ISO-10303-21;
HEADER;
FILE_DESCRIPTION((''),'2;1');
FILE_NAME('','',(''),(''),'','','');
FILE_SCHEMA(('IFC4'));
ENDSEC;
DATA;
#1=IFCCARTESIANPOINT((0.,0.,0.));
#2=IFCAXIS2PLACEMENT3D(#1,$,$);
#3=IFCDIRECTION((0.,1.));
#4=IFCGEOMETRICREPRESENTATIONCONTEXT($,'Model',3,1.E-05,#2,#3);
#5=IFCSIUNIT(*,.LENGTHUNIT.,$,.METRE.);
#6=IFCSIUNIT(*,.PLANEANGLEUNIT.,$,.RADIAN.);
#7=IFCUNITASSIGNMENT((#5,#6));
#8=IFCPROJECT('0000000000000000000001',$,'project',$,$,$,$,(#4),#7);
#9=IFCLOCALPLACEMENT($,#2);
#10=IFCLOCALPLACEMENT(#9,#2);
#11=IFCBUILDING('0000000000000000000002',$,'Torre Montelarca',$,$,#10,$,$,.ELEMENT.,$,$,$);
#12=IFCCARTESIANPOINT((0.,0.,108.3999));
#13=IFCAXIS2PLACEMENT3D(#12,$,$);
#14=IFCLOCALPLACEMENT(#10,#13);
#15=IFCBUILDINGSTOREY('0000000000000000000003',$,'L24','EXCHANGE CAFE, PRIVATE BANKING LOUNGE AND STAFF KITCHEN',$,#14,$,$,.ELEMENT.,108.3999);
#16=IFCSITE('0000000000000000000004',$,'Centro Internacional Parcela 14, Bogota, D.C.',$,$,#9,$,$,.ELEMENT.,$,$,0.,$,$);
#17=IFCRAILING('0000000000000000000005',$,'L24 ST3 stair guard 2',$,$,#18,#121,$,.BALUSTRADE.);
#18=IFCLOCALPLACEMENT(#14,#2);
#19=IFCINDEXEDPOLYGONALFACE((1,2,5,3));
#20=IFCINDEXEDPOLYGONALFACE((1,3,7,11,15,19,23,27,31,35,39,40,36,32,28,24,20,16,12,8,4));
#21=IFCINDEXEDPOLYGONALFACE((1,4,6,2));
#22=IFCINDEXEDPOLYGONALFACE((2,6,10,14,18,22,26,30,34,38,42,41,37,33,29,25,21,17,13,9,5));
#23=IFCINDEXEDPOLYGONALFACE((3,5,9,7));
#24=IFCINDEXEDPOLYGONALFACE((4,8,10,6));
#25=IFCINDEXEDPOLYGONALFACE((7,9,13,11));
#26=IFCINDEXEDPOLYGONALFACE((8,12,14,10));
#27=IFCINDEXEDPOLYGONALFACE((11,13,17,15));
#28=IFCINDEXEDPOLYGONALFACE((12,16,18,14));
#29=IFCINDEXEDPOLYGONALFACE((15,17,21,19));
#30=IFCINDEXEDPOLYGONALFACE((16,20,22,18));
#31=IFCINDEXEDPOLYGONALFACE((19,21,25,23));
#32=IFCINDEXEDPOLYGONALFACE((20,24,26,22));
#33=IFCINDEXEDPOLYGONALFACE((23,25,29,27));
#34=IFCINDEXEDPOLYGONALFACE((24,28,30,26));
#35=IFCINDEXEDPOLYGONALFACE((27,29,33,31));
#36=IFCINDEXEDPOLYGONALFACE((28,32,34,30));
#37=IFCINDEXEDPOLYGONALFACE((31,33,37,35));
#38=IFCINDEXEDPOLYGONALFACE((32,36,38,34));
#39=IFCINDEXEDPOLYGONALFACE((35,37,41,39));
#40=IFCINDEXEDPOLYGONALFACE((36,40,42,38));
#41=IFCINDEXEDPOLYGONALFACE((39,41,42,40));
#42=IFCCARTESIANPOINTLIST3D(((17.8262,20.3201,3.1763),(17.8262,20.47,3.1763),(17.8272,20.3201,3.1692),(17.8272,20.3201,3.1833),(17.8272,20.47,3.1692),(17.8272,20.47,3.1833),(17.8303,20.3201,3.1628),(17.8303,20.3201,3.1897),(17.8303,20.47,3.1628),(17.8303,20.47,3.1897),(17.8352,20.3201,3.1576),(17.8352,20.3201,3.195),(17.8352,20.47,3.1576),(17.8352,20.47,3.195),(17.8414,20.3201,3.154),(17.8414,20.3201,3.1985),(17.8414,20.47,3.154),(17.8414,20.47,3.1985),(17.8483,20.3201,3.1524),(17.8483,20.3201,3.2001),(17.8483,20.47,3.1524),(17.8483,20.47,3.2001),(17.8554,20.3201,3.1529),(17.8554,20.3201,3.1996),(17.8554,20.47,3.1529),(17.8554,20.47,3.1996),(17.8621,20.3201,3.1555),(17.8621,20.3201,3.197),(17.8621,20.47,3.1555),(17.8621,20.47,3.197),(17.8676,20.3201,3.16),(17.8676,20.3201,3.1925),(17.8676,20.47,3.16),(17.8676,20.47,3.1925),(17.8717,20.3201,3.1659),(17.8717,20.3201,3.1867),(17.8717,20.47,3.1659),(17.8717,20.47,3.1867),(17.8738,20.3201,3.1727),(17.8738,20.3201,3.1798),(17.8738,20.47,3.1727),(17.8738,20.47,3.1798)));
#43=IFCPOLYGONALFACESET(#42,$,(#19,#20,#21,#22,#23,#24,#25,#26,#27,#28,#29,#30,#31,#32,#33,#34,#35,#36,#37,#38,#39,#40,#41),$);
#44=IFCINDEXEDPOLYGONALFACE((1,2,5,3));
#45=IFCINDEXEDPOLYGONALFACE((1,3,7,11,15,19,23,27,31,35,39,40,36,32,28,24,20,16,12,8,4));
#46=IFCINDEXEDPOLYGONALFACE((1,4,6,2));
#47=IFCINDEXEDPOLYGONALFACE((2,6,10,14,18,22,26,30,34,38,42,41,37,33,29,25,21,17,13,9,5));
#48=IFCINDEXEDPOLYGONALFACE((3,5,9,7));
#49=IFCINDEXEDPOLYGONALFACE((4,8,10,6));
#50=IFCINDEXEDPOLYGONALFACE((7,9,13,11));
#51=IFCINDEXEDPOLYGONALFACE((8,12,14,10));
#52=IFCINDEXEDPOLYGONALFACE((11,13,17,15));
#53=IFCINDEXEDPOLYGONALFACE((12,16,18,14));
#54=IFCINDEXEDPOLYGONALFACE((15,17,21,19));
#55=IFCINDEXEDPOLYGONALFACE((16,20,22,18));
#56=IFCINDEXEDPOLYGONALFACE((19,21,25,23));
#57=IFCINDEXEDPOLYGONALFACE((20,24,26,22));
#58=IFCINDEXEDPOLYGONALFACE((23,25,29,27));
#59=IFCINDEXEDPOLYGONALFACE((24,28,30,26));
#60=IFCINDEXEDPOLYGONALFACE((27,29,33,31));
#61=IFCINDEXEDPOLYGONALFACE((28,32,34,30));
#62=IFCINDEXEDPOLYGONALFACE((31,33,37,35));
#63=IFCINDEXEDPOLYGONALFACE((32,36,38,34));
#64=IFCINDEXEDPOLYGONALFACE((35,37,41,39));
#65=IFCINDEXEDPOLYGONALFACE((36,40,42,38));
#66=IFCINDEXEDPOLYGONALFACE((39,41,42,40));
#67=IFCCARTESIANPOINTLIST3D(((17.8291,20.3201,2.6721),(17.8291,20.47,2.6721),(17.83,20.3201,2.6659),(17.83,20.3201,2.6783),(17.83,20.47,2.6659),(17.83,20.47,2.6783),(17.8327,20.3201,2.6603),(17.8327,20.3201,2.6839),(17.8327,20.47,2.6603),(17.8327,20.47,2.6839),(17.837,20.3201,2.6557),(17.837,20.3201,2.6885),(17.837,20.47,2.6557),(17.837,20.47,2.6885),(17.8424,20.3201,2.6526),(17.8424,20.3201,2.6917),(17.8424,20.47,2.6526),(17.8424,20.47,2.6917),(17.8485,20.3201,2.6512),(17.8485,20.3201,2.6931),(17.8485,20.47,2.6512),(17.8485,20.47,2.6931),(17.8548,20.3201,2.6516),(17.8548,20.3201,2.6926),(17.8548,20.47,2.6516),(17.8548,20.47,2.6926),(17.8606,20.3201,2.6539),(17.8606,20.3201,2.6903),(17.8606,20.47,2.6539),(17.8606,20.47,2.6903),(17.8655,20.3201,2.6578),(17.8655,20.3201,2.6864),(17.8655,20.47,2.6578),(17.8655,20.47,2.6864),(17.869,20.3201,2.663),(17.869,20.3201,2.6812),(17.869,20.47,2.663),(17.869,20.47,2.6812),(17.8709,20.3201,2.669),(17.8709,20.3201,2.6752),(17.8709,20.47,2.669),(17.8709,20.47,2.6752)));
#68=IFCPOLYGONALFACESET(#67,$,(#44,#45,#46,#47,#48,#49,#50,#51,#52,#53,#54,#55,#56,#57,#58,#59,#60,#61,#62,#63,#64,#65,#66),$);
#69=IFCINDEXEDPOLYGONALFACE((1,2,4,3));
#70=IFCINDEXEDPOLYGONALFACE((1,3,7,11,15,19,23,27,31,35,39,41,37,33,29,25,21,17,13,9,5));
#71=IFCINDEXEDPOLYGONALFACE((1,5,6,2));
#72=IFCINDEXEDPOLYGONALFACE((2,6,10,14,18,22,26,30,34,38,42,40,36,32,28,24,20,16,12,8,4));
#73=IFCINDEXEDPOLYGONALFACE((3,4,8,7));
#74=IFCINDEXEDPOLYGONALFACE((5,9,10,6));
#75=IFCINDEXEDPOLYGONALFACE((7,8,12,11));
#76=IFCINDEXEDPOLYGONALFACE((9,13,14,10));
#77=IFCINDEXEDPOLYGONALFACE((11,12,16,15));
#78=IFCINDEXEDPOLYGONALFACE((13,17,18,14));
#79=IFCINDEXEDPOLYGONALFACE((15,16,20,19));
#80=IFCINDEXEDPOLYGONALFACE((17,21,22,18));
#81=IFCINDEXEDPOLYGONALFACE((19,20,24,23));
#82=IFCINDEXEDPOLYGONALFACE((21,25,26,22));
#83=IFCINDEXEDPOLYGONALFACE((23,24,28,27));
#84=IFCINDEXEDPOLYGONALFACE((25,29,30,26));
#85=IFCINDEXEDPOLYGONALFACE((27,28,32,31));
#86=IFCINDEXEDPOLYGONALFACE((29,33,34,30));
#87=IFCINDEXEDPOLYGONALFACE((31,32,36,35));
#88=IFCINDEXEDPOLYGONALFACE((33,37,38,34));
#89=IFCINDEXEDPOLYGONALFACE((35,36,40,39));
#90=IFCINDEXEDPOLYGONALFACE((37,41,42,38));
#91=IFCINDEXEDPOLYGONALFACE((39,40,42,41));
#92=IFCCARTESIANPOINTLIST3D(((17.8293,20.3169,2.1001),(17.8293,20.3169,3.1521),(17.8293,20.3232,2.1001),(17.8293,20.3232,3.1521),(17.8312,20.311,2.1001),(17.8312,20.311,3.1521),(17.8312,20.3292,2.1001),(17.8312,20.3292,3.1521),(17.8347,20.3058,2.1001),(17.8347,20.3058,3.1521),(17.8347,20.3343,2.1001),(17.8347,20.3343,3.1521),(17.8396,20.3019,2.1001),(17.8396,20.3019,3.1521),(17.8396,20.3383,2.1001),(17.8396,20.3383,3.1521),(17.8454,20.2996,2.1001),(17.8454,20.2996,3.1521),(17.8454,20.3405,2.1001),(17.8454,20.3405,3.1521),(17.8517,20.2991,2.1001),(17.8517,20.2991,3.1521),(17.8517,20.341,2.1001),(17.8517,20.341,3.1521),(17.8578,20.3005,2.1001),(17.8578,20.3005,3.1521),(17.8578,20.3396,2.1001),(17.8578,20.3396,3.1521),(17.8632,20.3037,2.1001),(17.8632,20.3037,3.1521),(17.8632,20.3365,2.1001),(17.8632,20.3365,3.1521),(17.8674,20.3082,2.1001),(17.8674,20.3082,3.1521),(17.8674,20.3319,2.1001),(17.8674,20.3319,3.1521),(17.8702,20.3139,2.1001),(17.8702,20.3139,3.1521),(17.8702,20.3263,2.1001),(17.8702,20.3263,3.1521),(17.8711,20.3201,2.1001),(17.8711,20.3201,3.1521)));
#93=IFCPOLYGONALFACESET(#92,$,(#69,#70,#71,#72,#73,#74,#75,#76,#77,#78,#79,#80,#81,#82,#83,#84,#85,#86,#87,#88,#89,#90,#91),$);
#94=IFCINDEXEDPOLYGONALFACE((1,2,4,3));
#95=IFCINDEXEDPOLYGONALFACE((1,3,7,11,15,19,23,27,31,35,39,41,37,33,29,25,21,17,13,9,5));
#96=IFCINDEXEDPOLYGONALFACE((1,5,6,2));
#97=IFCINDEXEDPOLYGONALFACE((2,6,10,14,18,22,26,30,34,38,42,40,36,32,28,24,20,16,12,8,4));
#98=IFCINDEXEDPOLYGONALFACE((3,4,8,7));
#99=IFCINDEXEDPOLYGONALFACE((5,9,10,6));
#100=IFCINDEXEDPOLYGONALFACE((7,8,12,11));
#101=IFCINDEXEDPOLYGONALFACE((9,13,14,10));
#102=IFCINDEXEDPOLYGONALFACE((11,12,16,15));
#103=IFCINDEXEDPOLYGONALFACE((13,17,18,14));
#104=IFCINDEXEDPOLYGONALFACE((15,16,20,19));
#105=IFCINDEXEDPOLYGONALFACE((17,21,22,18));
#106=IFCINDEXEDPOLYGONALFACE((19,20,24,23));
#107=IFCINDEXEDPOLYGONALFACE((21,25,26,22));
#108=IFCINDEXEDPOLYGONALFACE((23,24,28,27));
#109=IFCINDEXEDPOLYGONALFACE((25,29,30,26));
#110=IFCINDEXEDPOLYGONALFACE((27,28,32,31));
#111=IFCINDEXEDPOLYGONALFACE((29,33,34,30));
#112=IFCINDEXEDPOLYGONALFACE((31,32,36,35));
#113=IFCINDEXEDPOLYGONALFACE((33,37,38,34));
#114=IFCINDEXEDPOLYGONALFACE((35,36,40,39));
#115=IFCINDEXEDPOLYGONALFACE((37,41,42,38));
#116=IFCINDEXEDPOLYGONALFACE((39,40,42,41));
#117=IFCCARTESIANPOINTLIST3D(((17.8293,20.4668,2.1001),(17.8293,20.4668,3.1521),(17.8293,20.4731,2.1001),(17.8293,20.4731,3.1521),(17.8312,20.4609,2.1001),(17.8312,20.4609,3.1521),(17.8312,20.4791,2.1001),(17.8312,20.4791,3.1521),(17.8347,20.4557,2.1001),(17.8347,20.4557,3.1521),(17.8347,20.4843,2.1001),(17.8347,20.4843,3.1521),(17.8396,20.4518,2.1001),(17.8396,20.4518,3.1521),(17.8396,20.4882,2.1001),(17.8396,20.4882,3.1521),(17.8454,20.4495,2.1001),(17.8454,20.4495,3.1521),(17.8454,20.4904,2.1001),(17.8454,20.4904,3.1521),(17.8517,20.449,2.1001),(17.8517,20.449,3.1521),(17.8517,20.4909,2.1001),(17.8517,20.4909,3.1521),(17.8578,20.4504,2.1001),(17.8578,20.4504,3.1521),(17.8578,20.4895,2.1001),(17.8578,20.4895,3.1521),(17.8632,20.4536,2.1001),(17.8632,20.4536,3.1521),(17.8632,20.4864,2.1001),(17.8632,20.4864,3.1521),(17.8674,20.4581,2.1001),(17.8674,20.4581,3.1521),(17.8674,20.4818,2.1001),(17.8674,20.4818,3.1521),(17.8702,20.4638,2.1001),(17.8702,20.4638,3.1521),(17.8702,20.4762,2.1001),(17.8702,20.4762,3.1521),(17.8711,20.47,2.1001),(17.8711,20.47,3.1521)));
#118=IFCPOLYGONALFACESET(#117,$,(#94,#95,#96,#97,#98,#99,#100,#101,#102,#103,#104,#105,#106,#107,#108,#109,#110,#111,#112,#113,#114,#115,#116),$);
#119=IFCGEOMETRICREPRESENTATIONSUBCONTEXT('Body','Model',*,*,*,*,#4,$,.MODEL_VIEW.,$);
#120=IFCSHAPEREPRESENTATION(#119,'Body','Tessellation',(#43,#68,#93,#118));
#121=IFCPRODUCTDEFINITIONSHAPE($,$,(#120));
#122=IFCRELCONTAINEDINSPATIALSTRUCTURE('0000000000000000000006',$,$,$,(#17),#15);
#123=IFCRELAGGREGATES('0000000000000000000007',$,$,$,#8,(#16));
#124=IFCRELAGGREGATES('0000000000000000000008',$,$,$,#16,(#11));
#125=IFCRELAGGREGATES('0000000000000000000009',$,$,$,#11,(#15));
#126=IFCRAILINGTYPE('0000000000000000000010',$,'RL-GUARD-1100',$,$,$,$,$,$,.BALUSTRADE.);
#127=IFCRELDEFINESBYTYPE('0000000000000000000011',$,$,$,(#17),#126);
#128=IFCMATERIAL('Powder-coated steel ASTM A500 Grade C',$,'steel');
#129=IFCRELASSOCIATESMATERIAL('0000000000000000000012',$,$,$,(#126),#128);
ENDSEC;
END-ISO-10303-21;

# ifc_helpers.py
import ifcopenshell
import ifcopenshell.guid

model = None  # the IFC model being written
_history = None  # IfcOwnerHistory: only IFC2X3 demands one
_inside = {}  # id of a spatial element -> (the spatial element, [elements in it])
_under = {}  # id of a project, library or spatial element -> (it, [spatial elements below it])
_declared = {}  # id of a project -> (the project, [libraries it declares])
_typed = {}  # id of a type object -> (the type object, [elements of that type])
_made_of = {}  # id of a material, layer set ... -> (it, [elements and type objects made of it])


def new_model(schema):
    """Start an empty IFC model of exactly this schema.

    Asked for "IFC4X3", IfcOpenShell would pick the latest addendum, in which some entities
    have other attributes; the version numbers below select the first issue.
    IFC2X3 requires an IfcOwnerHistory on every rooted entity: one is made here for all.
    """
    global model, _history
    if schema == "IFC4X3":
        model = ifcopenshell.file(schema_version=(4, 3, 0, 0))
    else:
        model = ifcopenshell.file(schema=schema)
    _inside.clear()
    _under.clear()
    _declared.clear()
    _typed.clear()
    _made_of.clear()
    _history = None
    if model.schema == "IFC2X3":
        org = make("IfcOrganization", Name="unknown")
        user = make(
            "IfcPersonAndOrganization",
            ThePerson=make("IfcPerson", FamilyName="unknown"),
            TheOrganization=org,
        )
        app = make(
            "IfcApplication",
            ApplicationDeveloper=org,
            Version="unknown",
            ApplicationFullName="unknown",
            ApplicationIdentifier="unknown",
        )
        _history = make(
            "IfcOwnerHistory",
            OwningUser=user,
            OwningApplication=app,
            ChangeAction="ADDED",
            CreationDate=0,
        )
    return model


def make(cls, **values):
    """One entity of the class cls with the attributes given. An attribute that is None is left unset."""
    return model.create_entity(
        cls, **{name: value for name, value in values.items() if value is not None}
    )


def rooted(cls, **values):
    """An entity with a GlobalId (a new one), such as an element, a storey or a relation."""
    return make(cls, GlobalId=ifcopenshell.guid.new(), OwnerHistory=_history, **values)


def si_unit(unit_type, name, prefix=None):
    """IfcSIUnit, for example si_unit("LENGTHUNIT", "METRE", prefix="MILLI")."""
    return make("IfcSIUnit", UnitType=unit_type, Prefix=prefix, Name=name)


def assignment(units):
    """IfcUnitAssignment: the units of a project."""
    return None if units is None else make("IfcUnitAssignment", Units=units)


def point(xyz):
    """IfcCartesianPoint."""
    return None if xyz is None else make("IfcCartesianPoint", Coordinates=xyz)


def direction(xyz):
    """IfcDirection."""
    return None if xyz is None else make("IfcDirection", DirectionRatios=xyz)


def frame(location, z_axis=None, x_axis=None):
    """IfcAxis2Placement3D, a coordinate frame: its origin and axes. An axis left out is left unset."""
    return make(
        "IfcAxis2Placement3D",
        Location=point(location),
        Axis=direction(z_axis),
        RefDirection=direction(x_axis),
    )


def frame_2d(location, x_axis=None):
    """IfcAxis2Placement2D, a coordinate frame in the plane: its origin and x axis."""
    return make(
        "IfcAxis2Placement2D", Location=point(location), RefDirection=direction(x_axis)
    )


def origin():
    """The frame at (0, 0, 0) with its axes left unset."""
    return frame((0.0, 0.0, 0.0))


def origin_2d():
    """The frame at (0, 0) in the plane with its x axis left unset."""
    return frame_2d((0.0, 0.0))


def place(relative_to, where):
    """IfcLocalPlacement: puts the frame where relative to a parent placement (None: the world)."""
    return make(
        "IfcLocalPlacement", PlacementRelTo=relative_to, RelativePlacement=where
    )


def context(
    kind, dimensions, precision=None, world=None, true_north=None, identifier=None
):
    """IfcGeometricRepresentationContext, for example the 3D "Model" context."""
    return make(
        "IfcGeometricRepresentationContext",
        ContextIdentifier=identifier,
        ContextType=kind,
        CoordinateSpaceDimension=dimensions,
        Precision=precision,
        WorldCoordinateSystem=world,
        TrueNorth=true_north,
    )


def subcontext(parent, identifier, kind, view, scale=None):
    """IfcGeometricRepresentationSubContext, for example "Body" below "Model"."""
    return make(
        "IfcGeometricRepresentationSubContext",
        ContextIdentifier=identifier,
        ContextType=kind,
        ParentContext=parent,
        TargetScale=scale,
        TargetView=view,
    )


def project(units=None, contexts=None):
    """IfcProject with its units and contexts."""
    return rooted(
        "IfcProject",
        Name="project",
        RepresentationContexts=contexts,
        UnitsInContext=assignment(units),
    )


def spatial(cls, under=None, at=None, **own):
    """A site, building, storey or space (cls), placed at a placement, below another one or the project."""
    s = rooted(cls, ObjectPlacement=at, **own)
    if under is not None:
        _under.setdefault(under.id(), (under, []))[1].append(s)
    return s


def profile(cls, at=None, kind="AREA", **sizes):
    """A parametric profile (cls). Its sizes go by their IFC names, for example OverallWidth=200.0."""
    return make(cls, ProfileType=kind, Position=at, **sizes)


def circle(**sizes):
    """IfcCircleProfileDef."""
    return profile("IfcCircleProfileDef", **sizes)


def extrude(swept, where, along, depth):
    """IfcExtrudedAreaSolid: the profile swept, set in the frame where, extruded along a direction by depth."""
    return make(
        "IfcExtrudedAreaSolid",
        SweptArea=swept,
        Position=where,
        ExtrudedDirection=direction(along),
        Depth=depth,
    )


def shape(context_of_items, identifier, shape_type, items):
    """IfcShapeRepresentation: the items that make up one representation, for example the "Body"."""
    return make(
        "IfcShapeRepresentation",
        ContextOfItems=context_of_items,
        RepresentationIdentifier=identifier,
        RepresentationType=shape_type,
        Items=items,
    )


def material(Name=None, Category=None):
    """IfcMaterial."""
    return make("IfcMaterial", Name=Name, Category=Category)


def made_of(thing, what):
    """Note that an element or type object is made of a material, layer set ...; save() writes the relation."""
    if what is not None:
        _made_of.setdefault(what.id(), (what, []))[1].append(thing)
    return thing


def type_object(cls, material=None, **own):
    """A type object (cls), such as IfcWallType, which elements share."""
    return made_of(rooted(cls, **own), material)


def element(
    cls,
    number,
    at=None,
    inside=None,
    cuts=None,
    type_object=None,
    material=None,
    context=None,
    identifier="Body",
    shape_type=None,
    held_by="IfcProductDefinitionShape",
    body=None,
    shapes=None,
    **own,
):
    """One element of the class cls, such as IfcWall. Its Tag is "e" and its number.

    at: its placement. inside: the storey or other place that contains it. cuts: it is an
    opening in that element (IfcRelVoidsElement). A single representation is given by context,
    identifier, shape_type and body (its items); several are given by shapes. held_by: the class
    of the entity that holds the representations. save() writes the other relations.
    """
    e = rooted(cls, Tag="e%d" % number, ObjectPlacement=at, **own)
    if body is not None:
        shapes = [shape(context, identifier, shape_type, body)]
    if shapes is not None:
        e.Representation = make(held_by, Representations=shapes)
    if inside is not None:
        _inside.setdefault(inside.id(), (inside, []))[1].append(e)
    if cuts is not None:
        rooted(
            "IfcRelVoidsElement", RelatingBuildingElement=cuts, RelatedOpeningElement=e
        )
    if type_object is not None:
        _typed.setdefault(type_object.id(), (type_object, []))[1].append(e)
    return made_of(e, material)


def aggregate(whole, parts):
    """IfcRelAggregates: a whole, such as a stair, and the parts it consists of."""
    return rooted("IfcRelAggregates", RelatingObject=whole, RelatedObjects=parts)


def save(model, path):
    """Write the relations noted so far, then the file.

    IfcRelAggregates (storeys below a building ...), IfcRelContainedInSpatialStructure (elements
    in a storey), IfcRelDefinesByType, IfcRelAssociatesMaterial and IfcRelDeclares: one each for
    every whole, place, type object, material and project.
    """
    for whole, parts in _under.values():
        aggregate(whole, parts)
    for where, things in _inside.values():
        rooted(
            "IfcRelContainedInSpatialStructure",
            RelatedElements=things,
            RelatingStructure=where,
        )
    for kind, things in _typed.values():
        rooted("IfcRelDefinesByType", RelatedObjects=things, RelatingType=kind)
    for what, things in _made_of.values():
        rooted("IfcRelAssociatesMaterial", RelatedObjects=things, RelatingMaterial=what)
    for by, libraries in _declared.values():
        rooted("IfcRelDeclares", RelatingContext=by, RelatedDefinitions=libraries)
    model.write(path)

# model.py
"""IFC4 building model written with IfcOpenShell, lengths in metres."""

from ifc_helpers import new_model, si_unit, direction, frame, origin, origin_2d, place, context, subcontext, project, spatial, circle, extrude, material, type_object, element, save


model = new_model("IFC4")

# Units and contexts
model_context = context("Model", 3, precision=1e-05, world=origin(), true_north=direction((0.0, 1.0)))
body_context = subcontext(model_context, "Body", "Model", "MODEL_VIEW")
ifc_project = project(units=[si_unit("LENGTHUNIT", "METRE"), si_unit("PLANEANGLEUNIT", "RADIAN")], contexts=[model_context])

# Site, building, storey
site_placement = place(None, origin())
site = spatial("IfcSite", under=ifc_project, at=site_placement, Name="Centro Internacional Parcela 14, Bogota, D.C.", CompositionType="ELEMENT", RefElevation=0.0)
building_placement = place(site_placement, origin())
building = spatial("IfcBuilding", under=site, at=building_placement, Name="Torre Montelarca", CompositionType="ELEMENT")
storey_placement = place(building_placement, frame((0.0, 0.0, 108.3999)))
storey = spatial("IfcBuildingStorey", under=building, at=storey_placement, Name="L24", Description="EXCHANGE CAFE, PRIVATE BANKING LOUNGE AND STAFF KITCHEN", CompositionType="ELEMENT", Elevation=108.3999)

# Railing
ifc_material_1 = material(Name="Powder-coated steel ASTM A500 Grade C", Category="steel")
railing_type_1 = type_object("IfcRailingType", Name="RL-GUARD-1100", PredefinedType="BALUSTRADE", material=ifc_material_1)
railing_1_placement = place(storey_placement, frame((17.8501, 20.3201, 2.1001)))
element("IfcRailing", 1, at=railing_1_placement, inside=storey, type_object=railing_type_1, Name="L24 ST3 stair guard 2", PredefinedType="BALUSTRADE", context=body_context, shape_type="SweptSolid", body=[
    extrude(circle(Radius=0.0239, at=origin_2d()), frame((0.0, 0.0, 1.0762), z_axis=(0.0, 1.0, 0.0), x_axis=(-1.0, 0.0, 0.0)), (0.0, 0.0, 1.0), 0.1499),
    extrude(circle(Radius=0.021, at=origin_2d()), frame((0.0, 0.0, 0.572), z_axis=(0.0, 1.0, 0.0), x_axis=(-1.0, 0.0, 0.0)), (0.0, 0.0, 1.0), 0.1499),
    extrude(circle(Radius=0.021, at=origin_2d()), origin(), (0.0, 0.0, 1.0), 1.052),
    extrude(circle(Radius=0.021, at=origin_2d()), frame((0.0, 0.1499, 0.0)), (0.0, 0.0, 1.0), 1.052),
])

save(model, "model.ifc")
